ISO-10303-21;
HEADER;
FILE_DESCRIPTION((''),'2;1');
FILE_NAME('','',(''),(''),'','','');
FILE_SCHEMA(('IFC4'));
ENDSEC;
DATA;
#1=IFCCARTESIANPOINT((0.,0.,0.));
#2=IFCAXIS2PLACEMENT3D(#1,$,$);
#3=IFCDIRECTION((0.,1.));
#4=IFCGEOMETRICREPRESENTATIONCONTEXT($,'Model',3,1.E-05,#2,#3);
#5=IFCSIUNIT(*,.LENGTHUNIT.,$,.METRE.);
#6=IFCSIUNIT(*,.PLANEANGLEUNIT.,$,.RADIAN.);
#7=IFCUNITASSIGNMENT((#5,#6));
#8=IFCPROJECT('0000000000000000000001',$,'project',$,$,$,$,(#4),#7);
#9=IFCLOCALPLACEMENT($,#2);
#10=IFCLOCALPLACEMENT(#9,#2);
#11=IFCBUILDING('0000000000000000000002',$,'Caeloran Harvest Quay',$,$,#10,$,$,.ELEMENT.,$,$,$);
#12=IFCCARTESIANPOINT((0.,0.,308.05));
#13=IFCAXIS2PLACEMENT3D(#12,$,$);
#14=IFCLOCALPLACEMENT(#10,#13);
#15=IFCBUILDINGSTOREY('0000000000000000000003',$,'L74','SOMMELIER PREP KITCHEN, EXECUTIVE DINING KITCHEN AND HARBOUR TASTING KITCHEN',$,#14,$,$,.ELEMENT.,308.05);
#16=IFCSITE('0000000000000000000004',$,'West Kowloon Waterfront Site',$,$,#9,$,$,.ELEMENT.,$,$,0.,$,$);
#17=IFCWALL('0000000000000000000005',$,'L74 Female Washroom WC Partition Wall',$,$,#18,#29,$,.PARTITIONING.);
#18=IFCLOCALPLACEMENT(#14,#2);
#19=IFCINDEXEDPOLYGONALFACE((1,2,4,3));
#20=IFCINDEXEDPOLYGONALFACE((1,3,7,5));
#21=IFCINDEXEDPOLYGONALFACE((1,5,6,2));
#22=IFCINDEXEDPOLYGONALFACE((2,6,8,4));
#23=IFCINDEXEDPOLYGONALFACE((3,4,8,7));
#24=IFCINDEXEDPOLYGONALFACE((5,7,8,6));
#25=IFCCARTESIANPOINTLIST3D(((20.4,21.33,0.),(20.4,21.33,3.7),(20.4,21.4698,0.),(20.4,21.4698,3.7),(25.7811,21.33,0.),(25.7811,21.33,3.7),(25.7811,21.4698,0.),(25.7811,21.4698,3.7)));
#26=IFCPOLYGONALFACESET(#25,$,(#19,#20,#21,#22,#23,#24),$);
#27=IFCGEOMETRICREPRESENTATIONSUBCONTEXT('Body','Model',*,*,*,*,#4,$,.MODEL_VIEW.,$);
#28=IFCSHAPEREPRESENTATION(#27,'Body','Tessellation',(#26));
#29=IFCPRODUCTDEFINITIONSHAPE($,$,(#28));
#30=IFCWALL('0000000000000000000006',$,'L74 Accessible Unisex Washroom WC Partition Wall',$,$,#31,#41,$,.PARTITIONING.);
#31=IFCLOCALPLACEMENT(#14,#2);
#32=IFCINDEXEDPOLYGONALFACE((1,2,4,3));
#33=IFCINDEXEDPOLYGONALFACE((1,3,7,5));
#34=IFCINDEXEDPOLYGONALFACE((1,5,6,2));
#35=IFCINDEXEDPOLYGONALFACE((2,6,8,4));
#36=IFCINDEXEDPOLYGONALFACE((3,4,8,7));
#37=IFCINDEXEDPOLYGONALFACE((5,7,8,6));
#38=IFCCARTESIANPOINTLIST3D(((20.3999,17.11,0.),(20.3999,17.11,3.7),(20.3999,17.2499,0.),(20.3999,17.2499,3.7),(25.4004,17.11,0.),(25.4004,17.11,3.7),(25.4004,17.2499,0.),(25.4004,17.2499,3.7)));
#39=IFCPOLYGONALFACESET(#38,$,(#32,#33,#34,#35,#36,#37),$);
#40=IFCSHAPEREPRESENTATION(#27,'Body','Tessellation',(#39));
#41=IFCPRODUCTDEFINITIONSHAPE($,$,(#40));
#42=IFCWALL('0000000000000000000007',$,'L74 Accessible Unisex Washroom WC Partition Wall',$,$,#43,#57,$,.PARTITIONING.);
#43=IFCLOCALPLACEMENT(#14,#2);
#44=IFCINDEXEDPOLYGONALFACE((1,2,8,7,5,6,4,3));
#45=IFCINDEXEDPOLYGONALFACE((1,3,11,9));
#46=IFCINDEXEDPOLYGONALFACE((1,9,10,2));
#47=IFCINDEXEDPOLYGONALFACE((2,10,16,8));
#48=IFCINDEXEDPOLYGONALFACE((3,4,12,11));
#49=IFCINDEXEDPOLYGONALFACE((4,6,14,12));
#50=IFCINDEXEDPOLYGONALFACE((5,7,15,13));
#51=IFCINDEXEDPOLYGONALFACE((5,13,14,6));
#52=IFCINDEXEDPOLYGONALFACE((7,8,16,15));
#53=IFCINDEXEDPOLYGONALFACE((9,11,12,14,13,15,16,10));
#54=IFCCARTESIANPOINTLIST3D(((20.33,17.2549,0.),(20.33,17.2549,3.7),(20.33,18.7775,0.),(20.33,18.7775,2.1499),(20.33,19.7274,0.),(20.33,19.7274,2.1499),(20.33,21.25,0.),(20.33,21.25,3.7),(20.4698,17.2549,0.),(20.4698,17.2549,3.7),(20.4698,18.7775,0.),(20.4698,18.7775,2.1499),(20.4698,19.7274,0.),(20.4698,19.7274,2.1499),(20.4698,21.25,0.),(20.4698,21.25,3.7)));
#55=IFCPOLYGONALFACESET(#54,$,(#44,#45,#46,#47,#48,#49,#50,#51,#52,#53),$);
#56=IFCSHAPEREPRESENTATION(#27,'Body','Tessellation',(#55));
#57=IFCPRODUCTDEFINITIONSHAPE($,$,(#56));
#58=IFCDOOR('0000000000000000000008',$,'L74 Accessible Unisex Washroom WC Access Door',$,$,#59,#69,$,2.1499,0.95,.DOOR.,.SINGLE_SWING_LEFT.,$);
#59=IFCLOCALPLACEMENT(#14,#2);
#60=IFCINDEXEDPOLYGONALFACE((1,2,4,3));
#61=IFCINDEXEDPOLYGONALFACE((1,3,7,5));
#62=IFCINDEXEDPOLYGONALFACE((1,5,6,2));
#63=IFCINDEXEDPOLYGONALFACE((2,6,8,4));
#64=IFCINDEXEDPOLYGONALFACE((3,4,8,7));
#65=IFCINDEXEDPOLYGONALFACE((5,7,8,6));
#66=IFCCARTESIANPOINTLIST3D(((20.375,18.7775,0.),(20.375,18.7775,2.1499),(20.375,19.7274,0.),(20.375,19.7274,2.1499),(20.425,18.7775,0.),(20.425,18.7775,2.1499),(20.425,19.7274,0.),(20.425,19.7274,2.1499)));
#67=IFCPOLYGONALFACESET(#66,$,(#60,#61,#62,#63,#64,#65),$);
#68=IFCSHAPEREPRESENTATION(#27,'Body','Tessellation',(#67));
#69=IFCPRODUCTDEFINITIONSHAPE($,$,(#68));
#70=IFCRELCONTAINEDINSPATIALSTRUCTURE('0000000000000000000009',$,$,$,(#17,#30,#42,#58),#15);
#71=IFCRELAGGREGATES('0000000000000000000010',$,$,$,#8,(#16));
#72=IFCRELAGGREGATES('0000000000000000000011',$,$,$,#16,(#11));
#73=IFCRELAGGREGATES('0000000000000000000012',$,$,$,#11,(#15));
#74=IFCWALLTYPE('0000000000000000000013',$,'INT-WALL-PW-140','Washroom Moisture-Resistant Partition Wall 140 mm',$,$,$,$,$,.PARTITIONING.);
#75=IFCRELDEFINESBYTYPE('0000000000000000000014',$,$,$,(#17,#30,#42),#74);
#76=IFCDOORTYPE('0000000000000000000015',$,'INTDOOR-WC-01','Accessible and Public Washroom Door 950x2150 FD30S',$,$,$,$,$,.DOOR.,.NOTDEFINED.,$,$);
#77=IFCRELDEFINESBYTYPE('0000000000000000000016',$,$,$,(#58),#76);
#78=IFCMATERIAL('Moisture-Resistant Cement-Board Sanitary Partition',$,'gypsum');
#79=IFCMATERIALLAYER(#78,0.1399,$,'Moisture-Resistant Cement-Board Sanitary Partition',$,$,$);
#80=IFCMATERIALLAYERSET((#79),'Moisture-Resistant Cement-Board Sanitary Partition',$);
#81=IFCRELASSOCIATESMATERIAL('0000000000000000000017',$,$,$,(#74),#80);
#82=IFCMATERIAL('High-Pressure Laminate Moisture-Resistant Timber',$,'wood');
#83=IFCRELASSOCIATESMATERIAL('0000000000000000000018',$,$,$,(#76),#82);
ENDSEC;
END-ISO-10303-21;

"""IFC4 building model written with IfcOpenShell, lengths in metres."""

from ifc_helpers import new_model, si_unit, direction, frame, frame_2d, origin, place, context, subcontext, project, spatial, rectangle, extrude, material, layer, layer_set, type_object, element, fill, save


model = new_model("IFC4")

# Units and contexts
model_context = context("Model", 3, precision=1e-05, world=origin(), true_north=direction((0.0, 1.0)))
body_context = subcontext(model_context, "Body", "Model", "MODEL_VIEW")
ifc_project = project(units=[si_unit("LENGTHUNIT", "METRE"), si_unit("PLANEANGLEUNIT", "RADIAN")], contexts=[model_context])

# Site, building, storey
site_placement = place(None, origin())
site = spatial("IfcSite", under=ifc_project, at=site_placement, Name="West Kowloon Waterfront Site", CompositionType="ELEMENT", RefElevation=0.0)
building_placement = place(site_placement, origin())
building = spatial("IfcBuilding", under=site, at=building_placement, Name="Caeloran Harvest Quay", CompositionType="ELEMENT")
storey_placement = place(building_placement, frame((0.0, 0.0, 308.05)))
storey = spatial("IfcBuildingStorey", under=building, at=storey_placement, Name="L74", Description="SOMMELIER PREP KITCHEN, EXECUTIVE DINING KITCHEN AND HARBOUR TASTING KITCHEN", CompositionType="ELEMENT", Elevation=308.05)

# Walls
ifc_material_1 = material(Name="Moisture-Resistant Cement-Board Sanitary Partition", Category="gypsum")
ifc_layer_1 = layer(ifc_material_1, 0.1399, Name="Moisture-Resistant Cement-Board Sanitary Partition")
ifc_layer_set_1 = layer_set([ifc_layer_1], Name="Moisture-Resistant Cement-Board Sanitary Partition")
wall_type_1 = type_object("IfcWallType", Name="INT-WALL-PW-140", Description="Washroom Moisture-Resistant Partition Wall 140 mm", PredefinedType="PARTITIONING", material=ifc_layer_set_1)
wall_1_placement = place(storey_placement, frame((25.781, 21.3999, 0.0), z_axis=(0.0, 0.0, 1.0), x_axis=(-1.0, 0.0, 0.0)))
element("IfcWall", 1, at=wall_1_placement, inside=storey, type_object=wall_type_1, Name="L74 Female Washroom WC Partition Wall", PredefinedType="PARTITIONING", context=body_context, shape_type="SweptSolid", body=[
    extrude(rectangle(XDim=5.3811, YDim=0.1399, at=frame_2d((2.6904, 0.0))), origin(), (0.0, 0.0, 1.0), 3.7),
])
wall_2_placement = place(storey_placement, frame((25.4004, 17.1799, 0.0), z_axis=(0.0, 0.0, 1.0), x_axis=(-1.0, 0.0, 0.0)))
element("IfcWall", 2, at=wall_2_placement, inside=storey, type_object=wall_type_1, Name="L74 Accessible Unisex Washroom WC Partition Wall", PredefinedType="PARTITIONING", context=body_context, shape_type="SweptSolid", body=[
    extrude(rectangle(XDim=5.0005, YDim=0.1399, at=frame_2d((2.5002, 0.0))), origin(), (0.0, 0.0, 1.0), 3.7),
])

# Wall, opening, door
wall_3_placement = place(storey_placement, frame((20.3999, 17.2549, 0.0), z_axis=(0.0, 0.0, 1.0), x_axis=(0.0, 1.0, 0.0)))
wall_3 = element("IfcWall", 3, at=wall_3_placement, inside=storey, type_object=wall_type_1, Name="L74 Accessible Unisex Washroom WC Partition Wall", PredefinedType="PARTITIONING", context=body_context, shape_type="SweptSolid", body=[
    extrude(rectangle(XDim=3.9951, YDim=0.1399, at=frame_2d((1.9976, 0.0))), origin(), (0.0, 0.0, 1.0), 3.7),
])
opening_1_placement = place(wall_3_placement, frame((1.5225, 0.0, 0.0)))
opening_1 = element("IfcOpeningElement", 4, at=opening_1_placement, cuts=wall_3, PredefinedType="OPENING", context=body_context, shape_type="SweptSolid", body=[
    extrude(rectangle(XDim=0.95, YDim=2.1499, at=frame_2d((0.4751, 1.075))), frame((0.0, 0.0801, 0.0), z_axis=(0.0, -1.0, 0.0), x_axis=(1.0, 0.0, 0.0)), (0.0, 0.0, 1.0), 0.1599),
])
ifc_material_2 = material(Name="High-Pressure Laminate Moisture-Resistant Timber", Category="wood")
door_type_1 = type_object("IfcDoorType", Name="INTDOOR-WC-01", Description="Accessible and Public Washroom Door 950x2150 FD30S", OperationType="NOTDEFINED", PredefinedType="DOOR", material=ifc_material_2)
door_1_placement = place(opening_1_placement, origin())
door_1 = element("IfcDoor", 5, at=door_1_placement, inside=storey, type_object=door_type_1, Name="L74 Accessible Unisex Washroom WC Access Door", OperationType="SINGLE_SWING_LEFT", OverallHeight=2.1499, OverallWidth=0.95, PredefinedType="DOOR", context=body_context, shape_type="SweptSolid", body=[
    extrude(rectangle(XDim=0.95, YDim=2.1499, at=frame_2d((0.4751, 1.075))), frame((0.0, 0.0249, 0.0), z_axis=(0.0, -1.0, 0.0), x_axis=(1.0, 0.0, 0.0)), (0.0, 0.0, 1.0), 0.05),
])
fill(opening_1, door_1)

save(model, "model.ifc")
